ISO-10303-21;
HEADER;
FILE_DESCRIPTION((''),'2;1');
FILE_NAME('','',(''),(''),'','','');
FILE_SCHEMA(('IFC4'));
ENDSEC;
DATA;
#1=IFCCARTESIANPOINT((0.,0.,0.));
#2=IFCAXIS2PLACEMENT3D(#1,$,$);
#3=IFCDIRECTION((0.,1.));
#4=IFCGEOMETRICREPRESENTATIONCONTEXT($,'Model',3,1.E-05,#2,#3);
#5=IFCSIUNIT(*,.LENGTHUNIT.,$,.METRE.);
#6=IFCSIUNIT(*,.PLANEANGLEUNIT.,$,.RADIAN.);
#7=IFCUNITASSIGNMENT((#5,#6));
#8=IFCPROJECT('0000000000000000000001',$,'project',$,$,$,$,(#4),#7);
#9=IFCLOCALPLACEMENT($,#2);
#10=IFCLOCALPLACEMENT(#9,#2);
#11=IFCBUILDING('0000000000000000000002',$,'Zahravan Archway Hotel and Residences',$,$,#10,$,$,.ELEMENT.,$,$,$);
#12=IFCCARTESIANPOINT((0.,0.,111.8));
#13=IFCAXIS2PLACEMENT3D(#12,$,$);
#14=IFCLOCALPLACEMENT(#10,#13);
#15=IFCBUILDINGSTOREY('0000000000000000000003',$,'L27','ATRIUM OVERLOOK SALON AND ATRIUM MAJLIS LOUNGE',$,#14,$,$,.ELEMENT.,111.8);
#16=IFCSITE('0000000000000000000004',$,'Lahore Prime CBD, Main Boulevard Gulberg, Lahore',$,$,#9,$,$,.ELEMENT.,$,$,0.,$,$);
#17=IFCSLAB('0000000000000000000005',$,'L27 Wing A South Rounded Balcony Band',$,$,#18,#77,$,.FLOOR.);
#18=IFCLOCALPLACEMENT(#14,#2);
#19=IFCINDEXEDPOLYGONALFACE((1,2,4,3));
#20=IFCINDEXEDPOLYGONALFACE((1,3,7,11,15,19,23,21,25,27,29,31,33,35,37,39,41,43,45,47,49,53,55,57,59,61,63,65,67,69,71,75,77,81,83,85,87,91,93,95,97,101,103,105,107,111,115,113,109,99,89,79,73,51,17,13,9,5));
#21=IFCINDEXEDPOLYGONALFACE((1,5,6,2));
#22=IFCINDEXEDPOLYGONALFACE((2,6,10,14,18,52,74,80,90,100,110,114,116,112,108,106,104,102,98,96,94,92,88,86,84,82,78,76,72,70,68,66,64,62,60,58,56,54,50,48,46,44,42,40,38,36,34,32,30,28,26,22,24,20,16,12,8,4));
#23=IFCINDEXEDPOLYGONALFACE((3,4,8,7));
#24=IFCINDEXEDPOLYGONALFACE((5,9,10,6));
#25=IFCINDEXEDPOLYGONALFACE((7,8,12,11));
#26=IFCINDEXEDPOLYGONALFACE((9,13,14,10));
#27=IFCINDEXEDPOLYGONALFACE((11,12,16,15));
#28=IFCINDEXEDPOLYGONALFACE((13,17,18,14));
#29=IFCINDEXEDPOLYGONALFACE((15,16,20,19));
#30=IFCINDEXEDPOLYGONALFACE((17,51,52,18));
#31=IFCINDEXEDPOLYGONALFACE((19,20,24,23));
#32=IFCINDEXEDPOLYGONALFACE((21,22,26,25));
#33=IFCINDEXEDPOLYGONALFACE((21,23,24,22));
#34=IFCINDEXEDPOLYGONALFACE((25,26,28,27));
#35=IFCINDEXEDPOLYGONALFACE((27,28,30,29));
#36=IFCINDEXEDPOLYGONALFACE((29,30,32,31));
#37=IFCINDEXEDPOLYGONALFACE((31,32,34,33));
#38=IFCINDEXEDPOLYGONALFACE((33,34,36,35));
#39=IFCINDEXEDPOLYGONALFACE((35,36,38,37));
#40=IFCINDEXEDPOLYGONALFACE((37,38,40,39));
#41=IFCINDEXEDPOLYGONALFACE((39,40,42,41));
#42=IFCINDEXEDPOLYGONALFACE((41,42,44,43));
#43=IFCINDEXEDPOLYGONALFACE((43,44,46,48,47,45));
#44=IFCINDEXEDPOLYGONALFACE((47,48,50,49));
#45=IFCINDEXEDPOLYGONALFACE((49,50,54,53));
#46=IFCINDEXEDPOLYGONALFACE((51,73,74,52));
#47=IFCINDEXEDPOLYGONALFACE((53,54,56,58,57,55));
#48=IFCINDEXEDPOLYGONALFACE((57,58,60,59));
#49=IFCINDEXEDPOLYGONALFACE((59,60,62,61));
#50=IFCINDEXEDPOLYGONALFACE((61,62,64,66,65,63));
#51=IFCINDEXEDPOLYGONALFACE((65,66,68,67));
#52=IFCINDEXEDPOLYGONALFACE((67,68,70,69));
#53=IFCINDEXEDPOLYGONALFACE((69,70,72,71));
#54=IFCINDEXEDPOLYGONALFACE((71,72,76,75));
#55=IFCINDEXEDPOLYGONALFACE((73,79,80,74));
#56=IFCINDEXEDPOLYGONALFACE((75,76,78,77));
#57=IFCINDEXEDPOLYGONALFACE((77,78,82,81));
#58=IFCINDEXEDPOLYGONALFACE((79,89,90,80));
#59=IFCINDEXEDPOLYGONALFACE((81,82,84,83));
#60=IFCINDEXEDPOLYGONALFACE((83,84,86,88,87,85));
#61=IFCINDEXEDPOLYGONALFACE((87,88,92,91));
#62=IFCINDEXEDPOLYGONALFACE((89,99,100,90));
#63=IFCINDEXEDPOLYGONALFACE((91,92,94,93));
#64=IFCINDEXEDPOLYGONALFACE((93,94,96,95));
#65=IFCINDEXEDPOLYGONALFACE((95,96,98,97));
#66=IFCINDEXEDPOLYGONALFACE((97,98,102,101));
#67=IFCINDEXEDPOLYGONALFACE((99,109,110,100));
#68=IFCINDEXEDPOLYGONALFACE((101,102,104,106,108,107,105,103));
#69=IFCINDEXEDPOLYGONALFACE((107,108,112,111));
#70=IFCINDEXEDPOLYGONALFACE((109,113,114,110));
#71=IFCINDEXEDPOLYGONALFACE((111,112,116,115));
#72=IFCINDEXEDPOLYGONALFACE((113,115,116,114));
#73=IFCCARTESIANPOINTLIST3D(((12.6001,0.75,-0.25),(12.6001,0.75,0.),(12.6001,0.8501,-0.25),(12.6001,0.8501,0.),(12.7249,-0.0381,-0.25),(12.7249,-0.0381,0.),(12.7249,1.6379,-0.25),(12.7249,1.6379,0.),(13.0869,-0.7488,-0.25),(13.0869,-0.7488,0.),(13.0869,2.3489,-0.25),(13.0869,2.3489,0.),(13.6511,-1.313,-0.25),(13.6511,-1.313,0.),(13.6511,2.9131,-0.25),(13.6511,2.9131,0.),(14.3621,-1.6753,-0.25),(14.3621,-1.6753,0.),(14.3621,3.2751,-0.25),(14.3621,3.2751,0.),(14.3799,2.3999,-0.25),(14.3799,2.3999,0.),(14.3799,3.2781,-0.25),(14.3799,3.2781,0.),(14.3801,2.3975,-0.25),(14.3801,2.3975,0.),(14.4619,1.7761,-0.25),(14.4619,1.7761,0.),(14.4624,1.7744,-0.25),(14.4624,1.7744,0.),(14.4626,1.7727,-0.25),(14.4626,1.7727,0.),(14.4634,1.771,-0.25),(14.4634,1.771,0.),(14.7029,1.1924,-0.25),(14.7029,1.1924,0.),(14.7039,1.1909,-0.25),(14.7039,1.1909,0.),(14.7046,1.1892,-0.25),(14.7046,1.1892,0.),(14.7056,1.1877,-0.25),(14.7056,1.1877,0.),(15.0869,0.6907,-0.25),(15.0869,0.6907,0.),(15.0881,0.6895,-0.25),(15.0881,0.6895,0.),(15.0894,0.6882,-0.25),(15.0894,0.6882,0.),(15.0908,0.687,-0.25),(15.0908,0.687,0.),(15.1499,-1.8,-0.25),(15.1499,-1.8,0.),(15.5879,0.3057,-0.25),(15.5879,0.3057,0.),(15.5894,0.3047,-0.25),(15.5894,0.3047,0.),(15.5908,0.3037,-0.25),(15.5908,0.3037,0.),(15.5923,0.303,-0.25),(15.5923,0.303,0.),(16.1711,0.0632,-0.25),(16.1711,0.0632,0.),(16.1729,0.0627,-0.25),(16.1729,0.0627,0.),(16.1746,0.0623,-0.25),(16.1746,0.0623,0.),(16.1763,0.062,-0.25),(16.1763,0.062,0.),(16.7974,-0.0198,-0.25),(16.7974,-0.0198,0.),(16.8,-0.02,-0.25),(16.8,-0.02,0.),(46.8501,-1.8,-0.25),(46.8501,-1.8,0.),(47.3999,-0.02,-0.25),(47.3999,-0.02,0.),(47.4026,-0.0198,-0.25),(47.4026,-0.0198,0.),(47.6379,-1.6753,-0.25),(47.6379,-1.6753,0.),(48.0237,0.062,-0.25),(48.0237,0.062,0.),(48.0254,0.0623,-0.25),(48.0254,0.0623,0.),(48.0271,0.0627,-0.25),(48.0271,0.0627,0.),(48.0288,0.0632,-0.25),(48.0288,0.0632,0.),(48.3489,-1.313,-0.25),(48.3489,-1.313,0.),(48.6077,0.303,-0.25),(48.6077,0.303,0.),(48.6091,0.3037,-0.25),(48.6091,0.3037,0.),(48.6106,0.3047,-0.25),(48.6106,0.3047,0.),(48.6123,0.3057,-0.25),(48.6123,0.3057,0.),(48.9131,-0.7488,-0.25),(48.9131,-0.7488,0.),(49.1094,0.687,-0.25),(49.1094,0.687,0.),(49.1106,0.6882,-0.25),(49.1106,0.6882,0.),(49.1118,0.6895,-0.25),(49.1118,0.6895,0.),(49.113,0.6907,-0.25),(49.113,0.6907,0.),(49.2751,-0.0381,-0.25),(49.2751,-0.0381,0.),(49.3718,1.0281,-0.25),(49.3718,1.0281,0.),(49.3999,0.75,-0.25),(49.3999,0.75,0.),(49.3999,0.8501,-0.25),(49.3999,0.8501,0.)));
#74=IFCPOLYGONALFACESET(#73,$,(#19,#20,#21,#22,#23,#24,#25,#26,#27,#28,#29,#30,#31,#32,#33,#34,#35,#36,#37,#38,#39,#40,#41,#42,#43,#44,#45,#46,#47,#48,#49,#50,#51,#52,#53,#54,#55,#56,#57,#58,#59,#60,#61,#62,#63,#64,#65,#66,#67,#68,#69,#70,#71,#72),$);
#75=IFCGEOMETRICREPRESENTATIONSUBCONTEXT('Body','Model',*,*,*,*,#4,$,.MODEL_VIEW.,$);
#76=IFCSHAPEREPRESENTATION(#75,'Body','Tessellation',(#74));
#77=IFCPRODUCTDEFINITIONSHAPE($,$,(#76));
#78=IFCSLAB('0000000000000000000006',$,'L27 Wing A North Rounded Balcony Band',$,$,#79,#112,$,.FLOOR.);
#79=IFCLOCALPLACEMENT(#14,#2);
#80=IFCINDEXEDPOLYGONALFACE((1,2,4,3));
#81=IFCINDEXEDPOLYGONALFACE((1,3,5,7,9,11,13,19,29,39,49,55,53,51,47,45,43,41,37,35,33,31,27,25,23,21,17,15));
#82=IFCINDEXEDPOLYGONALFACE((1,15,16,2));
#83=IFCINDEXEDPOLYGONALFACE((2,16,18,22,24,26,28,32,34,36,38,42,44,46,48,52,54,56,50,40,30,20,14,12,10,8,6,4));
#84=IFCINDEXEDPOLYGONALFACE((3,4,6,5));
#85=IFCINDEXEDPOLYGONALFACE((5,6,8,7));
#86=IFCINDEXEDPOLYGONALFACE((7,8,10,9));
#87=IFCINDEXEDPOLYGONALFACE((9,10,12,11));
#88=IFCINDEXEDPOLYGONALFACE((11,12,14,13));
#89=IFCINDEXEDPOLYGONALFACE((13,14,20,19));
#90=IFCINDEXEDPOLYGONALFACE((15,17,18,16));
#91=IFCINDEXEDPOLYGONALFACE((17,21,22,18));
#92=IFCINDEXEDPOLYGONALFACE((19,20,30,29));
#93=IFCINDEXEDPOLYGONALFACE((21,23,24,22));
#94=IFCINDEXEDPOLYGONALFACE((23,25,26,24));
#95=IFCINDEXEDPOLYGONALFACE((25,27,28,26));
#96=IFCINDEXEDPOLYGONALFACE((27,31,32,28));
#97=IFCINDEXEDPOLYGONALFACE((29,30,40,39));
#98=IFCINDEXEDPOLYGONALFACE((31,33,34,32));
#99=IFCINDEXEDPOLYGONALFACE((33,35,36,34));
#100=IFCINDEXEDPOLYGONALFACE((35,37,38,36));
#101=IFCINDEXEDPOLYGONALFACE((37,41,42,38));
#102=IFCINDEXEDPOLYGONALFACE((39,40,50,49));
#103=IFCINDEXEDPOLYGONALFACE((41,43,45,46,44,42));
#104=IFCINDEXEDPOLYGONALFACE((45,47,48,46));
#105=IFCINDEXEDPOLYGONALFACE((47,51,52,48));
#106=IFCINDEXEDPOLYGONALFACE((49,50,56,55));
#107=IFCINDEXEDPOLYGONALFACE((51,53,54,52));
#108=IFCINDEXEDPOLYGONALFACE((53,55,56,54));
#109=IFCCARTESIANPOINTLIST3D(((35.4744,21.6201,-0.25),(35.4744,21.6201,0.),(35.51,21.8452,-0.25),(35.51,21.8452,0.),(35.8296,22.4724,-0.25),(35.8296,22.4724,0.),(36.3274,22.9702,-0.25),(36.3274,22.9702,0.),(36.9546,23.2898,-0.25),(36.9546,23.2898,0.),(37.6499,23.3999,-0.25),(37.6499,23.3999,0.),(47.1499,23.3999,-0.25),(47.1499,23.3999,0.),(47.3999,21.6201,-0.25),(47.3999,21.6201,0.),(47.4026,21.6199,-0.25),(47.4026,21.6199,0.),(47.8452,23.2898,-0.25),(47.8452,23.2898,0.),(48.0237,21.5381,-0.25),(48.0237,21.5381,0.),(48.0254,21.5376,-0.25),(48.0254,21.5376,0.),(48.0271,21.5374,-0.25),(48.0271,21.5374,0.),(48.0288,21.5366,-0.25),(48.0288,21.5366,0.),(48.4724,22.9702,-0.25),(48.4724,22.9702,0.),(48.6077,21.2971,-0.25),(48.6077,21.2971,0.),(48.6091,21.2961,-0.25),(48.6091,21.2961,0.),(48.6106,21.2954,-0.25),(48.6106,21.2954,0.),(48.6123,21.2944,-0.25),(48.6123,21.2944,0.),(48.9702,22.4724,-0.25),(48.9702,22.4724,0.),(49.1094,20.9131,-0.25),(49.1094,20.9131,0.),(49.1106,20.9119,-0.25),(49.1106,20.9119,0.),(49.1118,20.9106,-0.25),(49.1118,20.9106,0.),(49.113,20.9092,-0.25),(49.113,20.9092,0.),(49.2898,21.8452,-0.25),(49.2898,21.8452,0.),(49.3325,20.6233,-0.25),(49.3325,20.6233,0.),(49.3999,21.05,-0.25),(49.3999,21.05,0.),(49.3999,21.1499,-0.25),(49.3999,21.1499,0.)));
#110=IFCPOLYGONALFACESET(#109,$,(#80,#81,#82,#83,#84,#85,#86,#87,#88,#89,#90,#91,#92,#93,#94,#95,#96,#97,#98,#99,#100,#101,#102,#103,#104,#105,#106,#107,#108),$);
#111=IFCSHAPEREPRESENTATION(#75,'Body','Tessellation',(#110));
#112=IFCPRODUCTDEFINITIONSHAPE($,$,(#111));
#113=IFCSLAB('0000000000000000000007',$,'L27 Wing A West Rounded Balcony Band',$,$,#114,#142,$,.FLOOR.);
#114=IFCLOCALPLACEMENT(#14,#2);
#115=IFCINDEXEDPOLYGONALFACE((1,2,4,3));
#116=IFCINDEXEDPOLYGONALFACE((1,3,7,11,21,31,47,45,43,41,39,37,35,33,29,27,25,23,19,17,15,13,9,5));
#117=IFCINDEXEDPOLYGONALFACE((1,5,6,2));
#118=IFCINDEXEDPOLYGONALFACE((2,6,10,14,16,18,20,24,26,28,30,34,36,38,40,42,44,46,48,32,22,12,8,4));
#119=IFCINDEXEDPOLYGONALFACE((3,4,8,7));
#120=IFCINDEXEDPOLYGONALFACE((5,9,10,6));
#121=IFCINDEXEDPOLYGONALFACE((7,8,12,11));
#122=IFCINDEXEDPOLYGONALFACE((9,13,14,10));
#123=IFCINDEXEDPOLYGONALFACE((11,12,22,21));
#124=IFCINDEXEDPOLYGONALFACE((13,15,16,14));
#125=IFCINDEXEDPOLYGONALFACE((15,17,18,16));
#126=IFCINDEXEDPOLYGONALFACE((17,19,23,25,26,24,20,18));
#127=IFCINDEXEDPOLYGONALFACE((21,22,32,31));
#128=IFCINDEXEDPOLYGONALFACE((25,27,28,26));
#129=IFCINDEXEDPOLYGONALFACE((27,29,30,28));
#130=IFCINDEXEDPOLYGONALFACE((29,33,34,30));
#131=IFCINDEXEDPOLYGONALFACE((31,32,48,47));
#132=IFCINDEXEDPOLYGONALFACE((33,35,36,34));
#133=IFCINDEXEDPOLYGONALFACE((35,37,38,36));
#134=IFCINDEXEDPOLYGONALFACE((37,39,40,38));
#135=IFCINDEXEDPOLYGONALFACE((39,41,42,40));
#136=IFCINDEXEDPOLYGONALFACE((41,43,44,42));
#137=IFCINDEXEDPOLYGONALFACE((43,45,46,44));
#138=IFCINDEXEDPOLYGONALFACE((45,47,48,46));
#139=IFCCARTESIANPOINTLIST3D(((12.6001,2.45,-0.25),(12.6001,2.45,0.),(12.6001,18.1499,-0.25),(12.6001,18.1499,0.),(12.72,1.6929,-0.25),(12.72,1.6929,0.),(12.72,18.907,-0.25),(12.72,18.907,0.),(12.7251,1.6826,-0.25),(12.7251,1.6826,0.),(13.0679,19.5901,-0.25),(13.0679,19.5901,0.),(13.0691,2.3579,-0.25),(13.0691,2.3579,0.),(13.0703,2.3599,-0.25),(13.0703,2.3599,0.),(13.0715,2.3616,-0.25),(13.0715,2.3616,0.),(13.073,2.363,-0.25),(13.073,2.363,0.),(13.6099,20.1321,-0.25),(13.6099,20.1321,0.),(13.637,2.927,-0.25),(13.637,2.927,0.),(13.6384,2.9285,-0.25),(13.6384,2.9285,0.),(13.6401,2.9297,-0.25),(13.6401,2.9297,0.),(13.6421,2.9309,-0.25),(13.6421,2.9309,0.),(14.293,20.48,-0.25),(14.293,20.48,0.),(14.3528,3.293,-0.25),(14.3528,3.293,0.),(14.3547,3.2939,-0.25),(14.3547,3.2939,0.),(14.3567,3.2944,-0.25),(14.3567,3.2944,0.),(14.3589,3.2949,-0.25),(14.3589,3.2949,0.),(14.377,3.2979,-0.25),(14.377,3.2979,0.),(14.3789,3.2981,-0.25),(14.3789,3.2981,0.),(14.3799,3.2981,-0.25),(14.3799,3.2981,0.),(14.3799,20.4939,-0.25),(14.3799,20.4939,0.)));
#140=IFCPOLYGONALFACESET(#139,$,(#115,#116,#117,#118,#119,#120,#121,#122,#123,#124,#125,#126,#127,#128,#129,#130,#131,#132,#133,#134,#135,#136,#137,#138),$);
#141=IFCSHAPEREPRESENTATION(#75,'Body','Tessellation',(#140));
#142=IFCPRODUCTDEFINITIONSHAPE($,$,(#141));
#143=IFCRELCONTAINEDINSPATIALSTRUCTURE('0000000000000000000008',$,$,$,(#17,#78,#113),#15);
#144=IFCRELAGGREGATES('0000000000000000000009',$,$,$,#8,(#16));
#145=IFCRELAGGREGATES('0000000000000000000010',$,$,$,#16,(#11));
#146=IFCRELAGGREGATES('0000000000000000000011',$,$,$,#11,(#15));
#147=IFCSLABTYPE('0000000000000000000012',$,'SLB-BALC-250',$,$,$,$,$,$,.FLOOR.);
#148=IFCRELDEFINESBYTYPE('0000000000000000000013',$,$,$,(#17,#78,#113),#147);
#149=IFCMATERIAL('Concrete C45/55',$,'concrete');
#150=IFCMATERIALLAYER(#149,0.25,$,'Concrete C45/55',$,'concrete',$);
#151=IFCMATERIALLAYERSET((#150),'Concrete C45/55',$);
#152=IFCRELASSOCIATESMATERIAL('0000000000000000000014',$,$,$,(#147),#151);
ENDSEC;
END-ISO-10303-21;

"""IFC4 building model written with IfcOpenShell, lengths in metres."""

from ifc_helpers import new_model, si_unit, direction, frame, origin, place, context, subcontext, project, spatial, polyline, outline, extrude, material, layer, layer_set, type_object, element, save


model = new_model("IFC4")

# Units and contexts
model_context = context("Model", 3, precision=1e-05, world=origin(), true_north=direction((0.0, 1.0)))
body_context = subcontext(model_context, "Body", "Model", "MODEL_VIEW")
ifc_project = project(units=[si_unit("LENGTHUNIT", "METRE"), si_unit("PLANEANGLEUNIT", "RADIAN")], contexts=[model_context])

# Site, building, storey
site_placement = place(None, origin())
site = spatial("IfcSite", under=ifc_project, at=site_placement, Name="Lahore Prime CBD, Main Boulevard Gulberg, Lahore", CompositionType="ELEMENT", RefElevation=0.0)
building_placement = place(site_placement, origin())
building = spatial("IfcBuilding", under=site, at=building_placement, Name="Zahravan Archway Hotel and Residences", CompositionType="ELEMENT")
storey_placement = place(building_placement, frame((0.0, 0.0, 111.8)))
storey = spatial("IfcBuildingStorey", under=building, at=storey_placement, Name="L27", Description="ATRIUM OVERLOOK SALON AND ATRIUM MAJLIS LOUNGE", CompositionType="ELEMENT", Elevation=111.8)

# Slabs
ifc_material_1 = material(Name="Concrete C45/55", Category="concrete")
ifc_layer_1 = layer(ifc_material_1, 0.25, Name="Concrete C45/55", Category="concrete")
ifc_layer_set_1 = layer_set([ifc_layer_1], Name="Concrete C45/55")
slab_type_1 = type_object("IfcSlabType", Name="SLB-BALC-250", PredefinedType="FLOOR", material=ifc_layer_set_1)
slab_1_placement = place(storey_placement, frame((0.0, 0.0, -0.25)))
element("IfcSlab", 1, at=slab_1_placement, inside=storey, type_object=slab_type_1, Name="L27 Wing A South Rounded Balcony Band", PredefinedType="FLOOR", context=body_context, shape_type="SweptSolid", body=[
    extrude(outline(polyline([(49.3999, 0.8501), (49.3999, 0.75), (49.2751, -0.0381), (48.9131, -0.7488), (48.3489, -1.313), (47.6379, -1.6753), (46.8501, -1.8), (15.1499, -1.8), (14.3621, -1.6753), (13.6511, -1.313), (13.0869, -0.7488), (12.7249, -0.0381), (12.6001, 0.75), (12.6001, 0.8501), (12.7249, 1.6379), (13.0869, 2.3489), (13.6511, 2.9131), (14.3621, 3.2751), (14.3799, 3.2781), (14.3799, 2.3999), (14.3801, 2.3975), (14.4619, 1.7761), (14.4624, 1.7744), (14.4626, 1.7727), (14.4634, 1.771), (14.7029, 1.1924), (14.7039, 1.1909), (14.7046, 1.1892), (14.7056, 1.1877), (15.0869, 0.6907), (15.0881, 0.6895), (15.0894, 0.6882), (15.0908, 0.687), (15.5879, 0.3057), (15.5894, 0.3047), (15.5908, 0.3037), (15.5923, 0.303), (16.1711, 0.0632), (16.1729, 0.0627), (16.1746, 0.0623), (16.1763, 0.062), (16.7974, -0.0198), (16.8, -0.02), (47.3999, -0.02), (47.4026, -0.0198), (48.0237, 0.062), (48.0254, 0.0623), (48.0271, 0.0627), (48.0288, 0.0632), (48.6077, 0.303), (48.6091, 0.3037), (48.6106, 0.3047), (48.6123, 0.3057), (49.1094, 0.687), (49.1106, 0.6882), (49.1118, 0.6895), (49.113, 0.6907), (49.3718, 1.0281), (49.3999, 0.8501)])), origin(), (0.0, 0.0, 1.0), 0.25),
])
slab_2_placement = place(storey_placement, frame((0.0, 0.0, -0.25)))
element("IfcSlab", 2, at=slab_2_placement, inside=storey, type_object=slab_type_1, Name="L27 Wing A North Rounded Balcony Band", PredefinedType="FLOOR", context=body_context, shape_type="SweptSolid", body=[
    extrude(outline(polyline([(35.51, 21.8452), (35.8296, 22.4724), (36.3274, 22.9702), (36.9546, 23.2898), (37.6499, 23.3999), (47.1499, 23.3999), (47.8452, 23.2898), (48.4724, 22.9702), (48.9702, 22.4724), (49.2898, 21.8452), (49.3999, 21.1499), (49.3999, 21.05), (49.3325, 20.6233), (49.113, 20.9092), (49.1118, 20.9106), (49.1106, 20.9119), (49.1094, 20.9131), (48.6123, 21.2944), (48.6106, 21.2954), (48.6091, 21.2961), (48.6077, 21.2971), (48.0288, 21.5366), (48.0271, 21.5374), (48.0254, 21.5376), (48.0237, 21.5381), (47.4026, 21.6199), (47.3999, 21.6201), (35.4744, 21.6201), (35.51, 21.8452)])), origin(), (0.0, 0.0, 1.0), 0.25),
])
slab_3_placement = place(storey_placement, frame((0.0, 0.0, -0.25)))
element("IfcSlab", 3, at=slab_3_placement, inside=storey, type_object=slab_type_1, Name="L27 Wing A West Rounded Balcony Band", PredefinedType="FLOOR", context=body_context, shape_type="SweptSolid", body=[
    extrude(outline(polyline([(12.72, 1.6929), (12.6001, 2.45), (12.6001, 18.1499), (12.72, 18.907), (13.0679, 19.5901), (13.6099, 20.1321), (14.293, 20.48), (14.3799, 20.4939), (14.3799, 3.2981), (14.3789, 3.2981), (14.377, 3.2979), (14.3589, 3.2949), (14.3567, 3.2944), (14.3547, 3.2939), (14.3528, 3.293), (13.6421, 2.9309), (13.6401, 2.9297), (13.6384, 2.9285), (13.637, 2.927), (13.073, 2.363), (13.0715, 2.3616), (13.0703, 2.3599), (13.0691, 2.3579), (12.7251, 1.6826), (12.72, 1.6929)])), origin(), (0.0, 0.0, 1.0), 0.25),
])

save(model, "model.ifc")
